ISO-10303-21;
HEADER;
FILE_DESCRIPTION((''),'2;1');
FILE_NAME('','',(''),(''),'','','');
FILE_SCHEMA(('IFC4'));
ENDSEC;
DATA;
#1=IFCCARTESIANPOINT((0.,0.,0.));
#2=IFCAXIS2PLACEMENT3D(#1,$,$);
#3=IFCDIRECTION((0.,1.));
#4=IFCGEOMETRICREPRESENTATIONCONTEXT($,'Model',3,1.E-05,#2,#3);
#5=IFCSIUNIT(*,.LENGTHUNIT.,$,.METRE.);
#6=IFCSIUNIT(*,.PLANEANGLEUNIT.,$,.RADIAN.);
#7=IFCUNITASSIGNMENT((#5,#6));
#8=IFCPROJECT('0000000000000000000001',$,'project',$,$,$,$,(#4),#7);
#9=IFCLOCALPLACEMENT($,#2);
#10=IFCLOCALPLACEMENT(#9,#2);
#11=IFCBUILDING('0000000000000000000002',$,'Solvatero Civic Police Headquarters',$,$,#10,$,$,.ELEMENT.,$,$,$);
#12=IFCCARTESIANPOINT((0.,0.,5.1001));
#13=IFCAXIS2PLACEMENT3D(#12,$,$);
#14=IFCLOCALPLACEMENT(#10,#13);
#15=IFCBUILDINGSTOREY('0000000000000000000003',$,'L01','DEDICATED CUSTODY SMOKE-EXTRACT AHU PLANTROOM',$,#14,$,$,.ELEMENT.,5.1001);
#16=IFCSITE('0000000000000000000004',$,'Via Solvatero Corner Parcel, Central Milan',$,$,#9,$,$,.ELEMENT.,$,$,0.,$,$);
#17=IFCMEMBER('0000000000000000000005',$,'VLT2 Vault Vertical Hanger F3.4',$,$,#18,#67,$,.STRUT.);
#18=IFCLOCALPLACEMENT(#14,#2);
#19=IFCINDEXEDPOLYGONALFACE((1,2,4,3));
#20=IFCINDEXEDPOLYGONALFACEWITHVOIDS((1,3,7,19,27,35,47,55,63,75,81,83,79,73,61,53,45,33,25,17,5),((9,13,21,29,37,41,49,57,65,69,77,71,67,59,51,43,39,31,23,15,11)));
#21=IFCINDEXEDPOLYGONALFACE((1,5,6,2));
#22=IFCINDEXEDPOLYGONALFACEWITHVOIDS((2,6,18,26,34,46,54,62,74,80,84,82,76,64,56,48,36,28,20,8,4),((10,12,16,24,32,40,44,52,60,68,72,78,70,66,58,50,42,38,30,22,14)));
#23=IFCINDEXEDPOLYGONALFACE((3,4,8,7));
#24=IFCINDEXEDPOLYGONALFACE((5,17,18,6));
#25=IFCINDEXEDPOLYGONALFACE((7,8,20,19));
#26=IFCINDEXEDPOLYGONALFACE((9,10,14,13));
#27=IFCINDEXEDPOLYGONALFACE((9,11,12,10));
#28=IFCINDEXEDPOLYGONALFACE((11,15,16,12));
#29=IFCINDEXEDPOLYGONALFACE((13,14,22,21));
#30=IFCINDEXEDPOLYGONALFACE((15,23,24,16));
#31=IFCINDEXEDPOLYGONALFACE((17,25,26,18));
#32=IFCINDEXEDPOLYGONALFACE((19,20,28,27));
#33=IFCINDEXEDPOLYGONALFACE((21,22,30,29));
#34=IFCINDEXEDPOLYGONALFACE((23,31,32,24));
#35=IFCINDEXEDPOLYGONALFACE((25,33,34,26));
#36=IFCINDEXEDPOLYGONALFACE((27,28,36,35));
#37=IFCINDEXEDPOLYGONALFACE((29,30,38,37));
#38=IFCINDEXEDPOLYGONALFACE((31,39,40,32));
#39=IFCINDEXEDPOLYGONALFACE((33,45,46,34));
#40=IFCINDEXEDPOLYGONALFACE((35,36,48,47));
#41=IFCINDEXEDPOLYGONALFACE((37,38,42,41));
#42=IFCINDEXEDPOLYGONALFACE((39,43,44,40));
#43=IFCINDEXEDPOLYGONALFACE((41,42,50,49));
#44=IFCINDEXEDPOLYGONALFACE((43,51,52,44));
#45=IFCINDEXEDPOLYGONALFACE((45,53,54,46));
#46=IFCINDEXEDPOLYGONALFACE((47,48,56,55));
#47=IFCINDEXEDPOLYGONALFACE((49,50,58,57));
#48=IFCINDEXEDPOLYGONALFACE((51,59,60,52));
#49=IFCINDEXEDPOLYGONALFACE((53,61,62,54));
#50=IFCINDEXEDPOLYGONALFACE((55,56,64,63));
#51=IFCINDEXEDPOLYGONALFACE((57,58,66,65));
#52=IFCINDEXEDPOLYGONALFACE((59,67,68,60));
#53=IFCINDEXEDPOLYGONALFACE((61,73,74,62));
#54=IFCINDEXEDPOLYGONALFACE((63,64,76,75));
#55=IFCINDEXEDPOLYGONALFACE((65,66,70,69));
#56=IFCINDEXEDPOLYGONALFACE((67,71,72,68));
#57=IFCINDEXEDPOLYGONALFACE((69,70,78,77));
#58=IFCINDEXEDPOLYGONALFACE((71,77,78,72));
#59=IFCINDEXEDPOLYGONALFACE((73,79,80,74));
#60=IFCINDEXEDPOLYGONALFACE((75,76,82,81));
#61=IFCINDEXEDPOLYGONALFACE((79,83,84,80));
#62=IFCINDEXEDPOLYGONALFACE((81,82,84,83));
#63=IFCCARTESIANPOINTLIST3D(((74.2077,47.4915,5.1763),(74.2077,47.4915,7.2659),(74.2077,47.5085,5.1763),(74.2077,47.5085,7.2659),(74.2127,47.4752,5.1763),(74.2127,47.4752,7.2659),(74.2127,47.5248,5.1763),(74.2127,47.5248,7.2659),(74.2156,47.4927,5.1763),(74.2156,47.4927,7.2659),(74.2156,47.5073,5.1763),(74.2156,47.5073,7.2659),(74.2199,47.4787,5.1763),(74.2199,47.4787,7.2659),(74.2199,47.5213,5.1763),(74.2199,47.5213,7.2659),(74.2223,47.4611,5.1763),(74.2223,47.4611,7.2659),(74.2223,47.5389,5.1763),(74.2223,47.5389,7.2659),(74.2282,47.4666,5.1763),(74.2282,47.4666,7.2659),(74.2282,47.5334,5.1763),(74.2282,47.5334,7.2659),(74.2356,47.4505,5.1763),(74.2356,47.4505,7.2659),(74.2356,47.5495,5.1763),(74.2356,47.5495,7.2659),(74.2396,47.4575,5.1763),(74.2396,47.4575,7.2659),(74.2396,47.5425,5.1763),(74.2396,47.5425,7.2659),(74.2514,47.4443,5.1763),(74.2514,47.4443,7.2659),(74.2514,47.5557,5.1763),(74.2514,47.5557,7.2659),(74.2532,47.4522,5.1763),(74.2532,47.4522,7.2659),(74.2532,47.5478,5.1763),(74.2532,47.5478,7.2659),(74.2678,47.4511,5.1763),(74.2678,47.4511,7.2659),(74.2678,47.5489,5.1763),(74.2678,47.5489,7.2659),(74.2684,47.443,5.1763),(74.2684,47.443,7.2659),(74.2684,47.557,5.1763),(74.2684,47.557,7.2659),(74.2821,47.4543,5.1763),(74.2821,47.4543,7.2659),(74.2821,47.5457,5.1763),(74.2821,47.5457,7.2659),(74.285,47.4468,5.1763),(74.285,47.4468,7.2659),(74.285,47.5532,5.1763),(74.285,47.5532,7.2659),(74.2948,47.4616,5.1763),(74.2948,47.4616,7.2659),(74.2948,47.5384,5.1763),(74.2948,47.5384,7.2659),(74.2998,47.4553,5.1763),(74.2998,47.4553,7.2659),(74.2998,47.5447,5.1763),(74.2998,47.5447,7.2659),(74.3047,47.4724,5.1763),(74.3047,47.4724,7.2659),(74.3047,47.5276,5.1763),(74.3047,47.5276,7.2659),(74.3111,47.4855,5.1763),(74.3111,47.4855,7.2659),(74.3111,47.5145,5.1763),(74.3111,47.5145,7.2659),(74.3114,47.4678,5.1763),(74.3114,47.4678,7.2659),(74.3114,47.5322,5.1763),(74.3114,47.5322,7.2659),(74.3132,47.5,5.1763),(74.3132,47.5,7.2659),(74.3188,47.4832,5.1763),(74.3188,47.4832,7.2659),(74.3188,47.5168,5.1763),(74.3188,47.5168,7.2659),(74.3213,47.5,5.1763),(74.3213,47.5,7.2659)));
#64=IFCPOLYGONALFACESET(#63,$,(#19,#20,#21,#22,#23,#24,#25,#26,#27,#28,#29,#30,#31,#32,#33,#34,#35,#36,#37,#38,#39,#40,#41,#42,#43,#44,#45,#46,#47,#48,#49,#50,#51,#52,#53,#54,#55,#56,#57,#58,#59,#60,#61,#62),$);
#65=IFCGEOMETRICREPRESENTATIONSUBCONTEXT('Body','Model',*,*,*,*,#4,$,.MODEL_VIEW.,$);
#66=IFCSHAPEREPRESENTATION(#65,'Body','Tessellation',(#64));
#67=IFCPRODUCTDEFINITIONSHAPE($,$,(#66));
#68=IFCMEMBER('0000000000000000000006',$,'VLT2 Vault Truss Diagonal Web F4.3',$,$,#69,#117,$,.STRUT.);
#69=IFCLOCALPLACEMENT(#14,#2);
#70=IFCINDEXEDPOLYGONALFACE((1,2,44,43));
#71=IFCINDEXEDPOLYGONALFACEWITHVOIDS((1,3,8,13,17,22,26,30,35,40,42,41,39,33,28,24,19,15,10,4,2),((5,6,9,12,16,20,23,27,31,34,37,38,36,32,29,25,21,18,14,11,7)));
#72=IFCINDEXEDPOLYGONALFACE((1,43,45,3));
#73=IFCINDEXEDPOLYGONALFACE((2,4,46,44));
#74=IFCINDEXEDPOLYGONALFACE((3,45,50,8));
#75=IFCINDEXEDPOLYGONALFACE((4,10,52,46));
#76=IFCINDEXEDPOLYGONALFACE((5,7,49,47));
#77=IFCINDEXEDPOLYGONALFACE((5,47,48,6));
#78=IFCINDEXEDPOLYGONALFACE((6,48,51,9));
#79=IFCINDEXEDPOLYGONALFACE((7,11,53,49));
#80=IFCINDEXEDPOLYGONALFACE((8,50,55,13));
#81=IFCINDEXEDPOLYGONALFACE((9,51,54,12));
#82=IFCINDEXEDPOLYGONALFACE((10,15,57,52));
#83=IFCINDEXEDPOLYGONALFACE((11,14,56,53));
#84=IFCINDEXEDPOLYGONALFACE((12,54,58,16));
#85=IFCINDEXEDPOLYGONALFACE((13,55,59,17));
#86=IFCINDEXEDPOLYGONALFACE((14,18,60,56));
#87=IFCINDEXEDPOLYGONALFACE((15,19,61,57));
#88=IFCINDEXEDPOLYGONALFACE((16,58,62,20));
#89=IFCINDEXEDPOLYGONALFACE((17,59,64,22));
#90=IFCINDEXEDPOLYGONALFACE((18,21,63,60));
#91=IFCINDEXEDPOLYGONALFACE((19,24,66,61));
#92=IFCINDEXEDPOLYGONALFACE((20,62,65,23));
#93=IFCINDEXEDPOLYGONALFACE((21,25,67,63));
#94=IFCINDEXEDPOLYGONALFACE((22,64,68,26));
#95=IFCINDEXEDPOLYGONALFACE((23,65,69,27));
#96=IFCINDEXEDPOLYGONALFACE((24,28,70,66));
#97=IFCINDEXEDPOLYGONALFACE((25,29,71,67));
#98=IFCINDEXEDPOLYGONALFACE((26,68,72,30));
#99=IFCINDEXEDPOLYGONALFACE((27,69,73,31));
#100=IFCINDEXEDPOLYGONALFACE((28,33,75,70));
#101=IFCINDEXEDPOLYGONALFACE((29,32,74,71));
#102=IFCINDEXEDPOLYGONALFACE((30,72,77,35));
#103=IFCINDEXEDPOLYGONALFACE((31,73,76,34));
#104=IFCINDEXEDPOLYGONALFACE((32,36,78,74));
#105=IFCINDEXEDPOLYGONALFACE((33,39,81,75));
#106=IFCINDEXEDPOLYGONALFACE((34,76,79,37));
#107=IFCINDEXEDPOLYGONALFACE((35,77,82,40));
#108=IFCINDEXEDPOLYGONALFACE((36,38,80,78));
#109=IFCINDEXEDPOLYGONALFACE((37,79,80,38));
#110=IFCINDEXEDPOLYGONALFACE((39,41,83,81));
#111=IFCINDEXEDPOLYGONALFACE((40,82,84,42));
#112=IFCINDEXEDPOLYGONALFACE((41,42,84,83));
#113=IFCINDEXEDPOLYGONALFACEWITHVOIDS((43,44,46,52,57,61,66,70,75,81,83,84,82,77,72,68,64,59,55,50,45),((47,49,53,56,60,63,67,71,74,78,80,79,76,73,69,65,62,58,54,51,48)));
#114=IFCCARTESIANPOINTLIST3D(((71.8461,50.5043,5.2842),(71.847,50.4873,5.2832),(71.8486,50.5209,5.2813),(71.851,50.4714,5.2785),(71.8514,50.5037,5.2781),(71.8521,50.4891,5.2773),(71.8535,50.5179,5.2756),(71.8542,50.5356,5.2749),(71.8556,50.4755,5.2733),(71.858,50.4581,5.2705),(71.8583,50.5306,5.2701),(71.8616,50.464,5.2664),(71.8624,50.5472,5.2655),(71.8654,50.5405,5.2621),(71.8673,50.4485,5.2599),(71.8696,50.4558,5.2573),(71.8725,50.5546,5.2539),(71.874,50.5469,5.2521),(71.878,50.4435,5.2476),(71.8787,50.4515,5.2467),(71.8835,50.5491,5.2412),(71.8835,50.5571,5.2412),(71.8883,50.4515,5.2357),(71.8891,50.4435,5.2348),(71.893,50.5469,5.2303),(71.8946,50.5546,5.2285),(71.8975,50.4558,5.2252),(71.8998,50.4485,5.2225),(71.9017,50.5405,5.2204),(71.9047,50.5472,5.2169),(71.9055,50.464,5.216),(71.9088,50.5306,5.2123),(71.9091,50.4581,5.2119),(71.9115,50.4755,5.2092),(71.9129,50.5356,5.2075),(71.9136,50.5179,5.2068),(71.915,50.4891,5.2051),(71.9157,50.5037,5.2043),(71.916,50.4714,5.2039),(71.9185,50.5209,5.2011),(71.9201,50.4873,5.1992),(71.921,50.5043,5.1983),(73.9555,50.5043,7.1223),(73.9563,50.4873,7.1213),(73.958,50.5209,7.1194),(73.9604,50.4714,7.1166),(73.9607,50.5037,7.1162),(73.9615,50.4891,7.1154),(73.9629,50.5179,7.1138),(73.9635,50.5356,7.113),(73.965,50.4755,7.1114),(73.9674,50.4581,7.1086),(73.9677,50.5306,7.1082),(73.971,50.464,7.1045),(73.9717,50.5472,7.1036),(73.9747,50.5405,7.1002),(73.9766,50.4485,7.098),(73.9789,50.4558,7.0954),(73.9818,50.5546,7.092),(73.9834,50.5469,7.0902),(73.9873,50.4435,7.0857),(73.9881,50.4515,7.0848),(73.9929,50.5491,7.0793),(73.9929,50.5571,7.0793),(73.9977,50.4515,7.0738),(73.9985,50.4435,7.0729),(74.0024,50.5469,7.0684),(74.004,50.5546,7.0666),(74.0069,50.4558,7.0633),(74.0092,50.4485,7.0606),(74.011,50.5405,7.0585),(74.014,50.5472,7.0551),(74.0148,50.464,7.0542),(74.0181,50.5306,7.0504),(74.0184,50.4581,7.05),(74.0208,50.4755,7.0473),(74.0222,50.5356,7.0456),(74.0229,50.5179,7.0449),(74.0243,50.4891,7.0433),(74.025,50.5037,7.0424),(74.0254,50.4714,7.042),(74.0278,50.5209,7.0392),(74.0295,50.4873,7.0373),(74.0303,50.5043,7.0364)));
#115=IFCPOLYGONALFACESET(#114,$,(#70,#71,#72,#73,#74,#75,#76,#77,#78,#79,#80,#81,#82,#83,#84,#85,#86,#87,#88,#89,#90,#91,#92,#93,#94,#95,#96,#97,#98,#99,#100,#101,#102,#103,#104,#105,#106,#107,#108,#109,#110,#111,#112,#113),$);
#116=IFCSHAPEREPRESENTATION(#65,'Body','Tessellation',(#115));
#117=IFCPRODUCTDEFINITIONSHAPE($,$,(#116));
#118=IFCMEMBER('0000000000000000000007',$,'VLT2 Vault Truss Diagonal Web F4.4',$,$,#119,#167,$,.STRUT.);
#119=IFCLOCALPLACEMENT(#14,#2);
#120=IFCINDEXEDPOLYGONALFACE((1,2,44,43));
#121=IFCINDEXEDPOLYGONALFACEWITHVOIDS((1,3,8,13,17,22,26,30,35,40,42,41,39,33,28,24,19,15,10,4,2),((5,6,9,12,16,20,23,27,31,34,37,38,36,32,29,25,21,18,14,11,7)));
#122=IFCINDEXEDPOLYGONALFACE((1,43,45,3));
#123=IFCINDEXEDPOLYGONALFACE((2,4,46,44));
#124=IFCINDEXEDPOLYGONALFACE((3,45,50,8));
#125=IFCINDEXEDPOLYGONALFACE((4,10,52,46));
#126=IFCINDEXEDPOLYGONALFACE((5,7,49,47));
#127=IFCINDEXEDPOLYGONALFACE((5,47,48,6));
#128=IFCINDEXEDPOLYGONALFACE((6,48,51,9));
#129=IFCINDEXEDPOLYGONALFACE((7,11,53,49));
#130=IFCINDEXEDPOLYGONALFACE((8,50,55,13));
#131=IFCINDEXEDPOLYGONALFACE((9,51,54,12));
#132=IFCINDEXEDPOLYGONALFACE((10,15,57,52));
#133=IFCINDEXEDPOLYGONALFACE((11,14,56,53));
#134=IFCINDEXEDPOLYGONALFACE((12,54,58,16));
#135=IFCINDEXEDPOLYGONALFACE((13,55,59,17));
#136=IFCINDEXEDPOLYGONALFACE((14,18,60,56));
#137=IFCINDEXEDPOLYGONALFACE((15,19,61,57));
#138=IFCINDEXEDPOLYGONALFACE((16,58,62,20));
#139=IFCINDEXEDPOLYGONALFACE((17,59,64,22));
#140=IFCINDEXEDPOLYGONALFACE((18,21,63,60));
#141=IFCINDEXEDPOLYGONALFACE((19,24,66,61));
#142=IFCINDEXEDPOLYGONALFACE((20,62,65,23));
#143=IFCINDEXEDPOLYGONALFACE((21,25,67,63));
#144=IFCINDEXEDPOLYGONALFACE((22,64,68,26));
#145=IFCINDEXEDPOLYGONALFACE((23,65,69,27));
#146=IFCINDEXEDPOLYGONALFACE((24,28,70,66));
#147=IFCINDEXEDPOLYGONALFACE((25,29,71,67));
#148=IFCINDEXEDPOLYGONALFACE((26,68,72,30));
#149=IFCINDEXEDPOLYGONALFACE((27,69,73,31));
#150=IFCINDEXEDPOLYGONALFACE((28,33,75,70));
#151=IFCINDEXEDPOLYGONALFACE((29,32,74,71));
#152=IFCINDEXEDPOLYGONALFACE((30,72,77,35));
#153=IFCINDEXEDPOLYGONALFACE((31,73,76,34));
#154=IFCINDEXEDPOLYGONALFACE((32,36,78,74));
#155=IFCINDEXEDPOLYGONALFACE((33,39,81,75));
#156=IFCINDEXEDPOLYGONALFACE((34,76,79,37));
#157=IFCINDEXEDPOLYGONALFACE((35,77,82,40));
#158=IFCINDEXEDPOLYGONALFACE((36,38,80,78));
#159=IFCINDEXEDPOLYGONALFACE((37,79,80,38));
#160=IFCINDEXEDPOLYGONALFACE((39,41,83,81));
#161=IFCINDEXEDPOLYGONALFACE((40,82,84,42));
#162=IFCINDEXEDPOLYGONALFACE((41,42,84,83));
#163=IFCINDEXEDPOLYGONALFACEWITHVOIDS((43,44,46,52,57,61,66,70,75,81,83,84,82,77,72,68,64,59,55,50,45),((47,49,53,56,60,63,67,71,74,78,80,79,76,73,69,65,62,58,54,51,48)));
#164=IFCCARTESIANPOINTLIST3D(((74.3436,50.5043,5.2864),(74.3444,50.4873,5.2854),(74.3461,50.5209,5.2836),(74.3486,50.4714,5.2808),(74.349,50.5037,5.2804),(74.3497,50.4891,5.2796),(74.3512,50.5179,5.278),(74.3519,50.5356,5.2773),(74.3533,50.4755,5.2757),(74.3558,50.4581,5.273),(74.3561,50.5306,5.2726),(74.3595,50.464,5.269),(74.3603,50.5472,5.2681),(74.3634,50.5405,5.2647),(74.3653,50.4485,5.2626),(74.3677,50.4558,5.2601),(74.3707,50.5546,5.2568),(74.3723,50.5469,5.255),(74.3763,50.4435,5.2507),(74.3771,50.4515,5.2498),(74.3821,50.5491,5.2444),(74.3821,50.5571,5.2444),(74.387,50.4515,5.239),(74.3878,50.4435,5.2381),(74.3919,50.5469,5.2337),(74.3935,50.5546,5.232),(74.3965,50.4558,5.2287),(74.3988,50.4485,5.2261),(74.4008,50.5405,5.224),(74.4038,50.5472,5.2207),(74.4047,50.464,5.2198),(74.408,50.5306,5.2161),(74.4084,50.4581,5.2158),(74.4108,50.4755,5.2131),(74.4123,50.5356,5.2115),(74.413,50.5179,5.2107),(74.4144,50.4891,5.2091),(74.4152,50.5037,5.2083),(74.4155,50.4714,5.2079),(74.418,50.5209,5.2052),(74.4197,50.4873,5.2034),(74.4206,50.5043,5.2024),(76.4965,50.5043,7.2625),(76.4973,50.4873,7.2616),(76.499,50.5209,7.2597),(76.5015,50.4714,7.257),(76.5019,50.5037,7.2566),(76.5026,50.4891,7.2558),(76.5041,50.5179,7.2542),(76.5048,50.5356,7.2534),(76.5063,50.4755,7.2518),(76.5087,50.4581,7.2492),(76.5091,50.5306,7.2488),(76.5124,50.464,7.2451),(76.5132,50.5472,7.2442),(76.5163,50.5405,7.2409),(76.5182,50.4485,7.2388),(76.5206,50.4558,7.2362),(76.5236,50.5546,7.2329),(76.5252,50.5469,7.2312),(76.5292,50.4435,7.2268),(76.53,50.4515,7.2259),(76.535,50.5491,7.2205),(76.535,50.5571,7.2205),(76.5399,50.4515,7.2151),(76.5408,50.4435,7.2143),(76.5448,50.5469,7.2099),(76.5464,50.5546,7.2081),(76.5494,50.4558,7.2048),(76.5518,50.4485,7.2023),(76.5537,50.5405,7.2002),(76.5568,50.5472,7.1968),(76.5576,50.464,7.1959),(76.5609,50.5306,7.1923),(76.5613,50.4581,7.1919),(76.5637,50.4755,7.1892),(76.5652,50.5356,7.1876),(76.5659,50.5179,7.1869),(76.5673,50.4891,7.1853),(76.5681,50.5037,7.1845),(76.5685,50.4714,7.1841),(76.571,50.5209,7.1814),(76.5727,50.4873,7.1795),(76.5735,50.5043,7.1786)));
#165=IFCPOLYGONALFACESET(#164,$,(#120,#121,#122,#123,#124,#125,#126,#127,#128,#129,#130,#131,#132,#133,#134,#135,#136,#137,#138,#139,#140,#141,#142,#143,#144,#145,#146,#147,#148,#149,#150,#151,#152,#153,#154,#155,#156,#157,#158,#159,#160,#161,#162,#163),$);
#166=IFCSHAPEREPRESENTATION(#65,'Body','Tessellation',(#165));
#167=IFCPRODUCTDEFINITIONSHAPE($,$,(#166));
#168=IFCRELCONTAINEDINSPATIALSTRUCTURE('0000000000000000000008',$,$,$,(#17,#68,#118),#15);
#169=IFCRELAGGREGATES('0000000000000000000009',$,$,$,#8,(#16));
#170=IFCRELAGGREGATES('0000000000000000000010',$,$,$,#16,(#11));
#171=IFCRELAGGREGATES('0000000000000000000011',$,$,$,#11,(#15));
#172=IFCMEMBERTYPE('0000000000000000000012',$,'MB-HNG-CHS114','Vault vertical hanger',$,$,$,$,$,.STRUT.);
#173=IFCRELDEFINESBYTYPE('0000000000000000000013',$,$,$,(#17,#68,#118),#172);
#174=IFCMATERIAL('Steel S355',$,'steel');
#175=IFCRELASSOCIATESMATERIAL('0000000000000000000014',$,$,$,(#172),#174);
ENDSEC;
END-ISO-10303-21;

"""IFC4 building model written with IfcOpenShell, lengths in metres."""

from ifc_helpers import new_model, si_unit, direction, frame, origin, origin_2d, place, context, subcontext, project, spatial, hollow_circle, extrude, material, material_profile, profile_set, type_object, element, save


model = new_model("IFC4")

# Units and contexts
model_context = context("Model", 3, precision=1e-05, world=origin(), true_north=direction((0.0, 1.0)))
body_context = subcontext(model_context, "Body", "Model", "MODEL_VIEW")
ifc_project = project(units=[si_unit("LENGTHUNIT", "METRE"), si_unit("PLANEANGLEUNIT", "RADIAN")], contexts=[model_context])

# Site, building, storey
site_placement = place(None, origin())
site = spatial("IfcSite", under=ifc_project, at=site_placement, Name="Via Solvatero Corner Parcel, Central Milan", CompositionType="ELEMENT", RefElevation=0.0)
building_placement = place(site_placement, origin())
building = spatial("IfcBuilding", under=site, at=building_placement, Name="Solvatero Civic Police Headquarters", CompositionType="ELEMENT")
storey_placement = place(building_placement, frame((0.0, 0.0, 5.1001)))
storey = spatial("IfcBuildingStorey", under=building, at=storey_placement, Name="L01", Description="DEDICATED CUSTODY SMOKE-EXTRACT AHU PLANTROOM", CompositionType="ELEMENT", Elevation=5.1001)

# Shared definitions
ifc_material = material(Name="Steel S355", Category="steel")

# Members
ifc_material_profile_1 = material_profile(ifc_material, hollow_circle(Radius=0.0571, WallThickness=0.0081, at=origin_2d()), Name="CHS 114.3x8.0")
ifc_profile_set_1 = profile_set([ifc_material_profile_1], Name="Steel S355")
member_type_1 = type_object("IfcMemberType", Name="MB-HNG-CHS114", Description="Vault vertical hanger", PredefinedType="STRUT", material=ifc_profile_set_1)
member_1_placement = place(storey_placement, frame((74.2642, 47.5, 5.1763), z_axis=(0.0, 0.0, 1.0), x_axis=(1.0, 0.0, 0.0)))
element("IfcMember", 1, at=member_1_placement, inside=storey, type_object=member_type_1, Name="VLT2 Vault Vertical Hanger F3.4", PredefinedType="STRUT", context=body_context, shape_type="SweptSolid", body=[
    extrude(hollow_circle(Radius=0.0571, WallThickness=0.0081, at=origin_2d()), origin(), (0.0, 0.0, 1.0), 2.0896),
])
member_2_placement = place(storey_placement, frame((71.8835, 50.5, 5.2412), z_axis=(0.753916, 0.0, 0.656971), x_axis=(0.0, 1.0, 0.0)))
element("IfcMember", 2, at=member_2_placement, inside=storey, type_object=member_type_1, Name="VLT2 Vault Truss Diagonal Web F4.3", PredefinedType="STRUT", context=body_context, shape_type="SweptSolid", body=[
    extrude(hollow_circle(Radius=0.0571, WallThickness=0.0081, at=origin_2d()), origin(), (0.0, 0.0, 1.0), 2.7979),
])
member_3_placement = place(storey_placement, frame((74.3821, 50.5, 5.2444), z_axis=(0.736703, 0.0, 0.676216), x_axis=(0.0, 1.0, 0.0)))
element("IfcMember", 3, at=member_3_placement, inside=storey, type_object=member_type_1, Name="VLT2 Vault Truss Diagonal Web F4.4", PredefinedType="STRUT", context=body_context, shape_type="SweptSolid", body=[
    extrude(hollow_circle(Radius=0.0571, WallThickness=0.0081, at=origin_2d()), origin(), (0.0, 0.0, 1.0), 2.9224),
])

save(model, "model.ifc")
